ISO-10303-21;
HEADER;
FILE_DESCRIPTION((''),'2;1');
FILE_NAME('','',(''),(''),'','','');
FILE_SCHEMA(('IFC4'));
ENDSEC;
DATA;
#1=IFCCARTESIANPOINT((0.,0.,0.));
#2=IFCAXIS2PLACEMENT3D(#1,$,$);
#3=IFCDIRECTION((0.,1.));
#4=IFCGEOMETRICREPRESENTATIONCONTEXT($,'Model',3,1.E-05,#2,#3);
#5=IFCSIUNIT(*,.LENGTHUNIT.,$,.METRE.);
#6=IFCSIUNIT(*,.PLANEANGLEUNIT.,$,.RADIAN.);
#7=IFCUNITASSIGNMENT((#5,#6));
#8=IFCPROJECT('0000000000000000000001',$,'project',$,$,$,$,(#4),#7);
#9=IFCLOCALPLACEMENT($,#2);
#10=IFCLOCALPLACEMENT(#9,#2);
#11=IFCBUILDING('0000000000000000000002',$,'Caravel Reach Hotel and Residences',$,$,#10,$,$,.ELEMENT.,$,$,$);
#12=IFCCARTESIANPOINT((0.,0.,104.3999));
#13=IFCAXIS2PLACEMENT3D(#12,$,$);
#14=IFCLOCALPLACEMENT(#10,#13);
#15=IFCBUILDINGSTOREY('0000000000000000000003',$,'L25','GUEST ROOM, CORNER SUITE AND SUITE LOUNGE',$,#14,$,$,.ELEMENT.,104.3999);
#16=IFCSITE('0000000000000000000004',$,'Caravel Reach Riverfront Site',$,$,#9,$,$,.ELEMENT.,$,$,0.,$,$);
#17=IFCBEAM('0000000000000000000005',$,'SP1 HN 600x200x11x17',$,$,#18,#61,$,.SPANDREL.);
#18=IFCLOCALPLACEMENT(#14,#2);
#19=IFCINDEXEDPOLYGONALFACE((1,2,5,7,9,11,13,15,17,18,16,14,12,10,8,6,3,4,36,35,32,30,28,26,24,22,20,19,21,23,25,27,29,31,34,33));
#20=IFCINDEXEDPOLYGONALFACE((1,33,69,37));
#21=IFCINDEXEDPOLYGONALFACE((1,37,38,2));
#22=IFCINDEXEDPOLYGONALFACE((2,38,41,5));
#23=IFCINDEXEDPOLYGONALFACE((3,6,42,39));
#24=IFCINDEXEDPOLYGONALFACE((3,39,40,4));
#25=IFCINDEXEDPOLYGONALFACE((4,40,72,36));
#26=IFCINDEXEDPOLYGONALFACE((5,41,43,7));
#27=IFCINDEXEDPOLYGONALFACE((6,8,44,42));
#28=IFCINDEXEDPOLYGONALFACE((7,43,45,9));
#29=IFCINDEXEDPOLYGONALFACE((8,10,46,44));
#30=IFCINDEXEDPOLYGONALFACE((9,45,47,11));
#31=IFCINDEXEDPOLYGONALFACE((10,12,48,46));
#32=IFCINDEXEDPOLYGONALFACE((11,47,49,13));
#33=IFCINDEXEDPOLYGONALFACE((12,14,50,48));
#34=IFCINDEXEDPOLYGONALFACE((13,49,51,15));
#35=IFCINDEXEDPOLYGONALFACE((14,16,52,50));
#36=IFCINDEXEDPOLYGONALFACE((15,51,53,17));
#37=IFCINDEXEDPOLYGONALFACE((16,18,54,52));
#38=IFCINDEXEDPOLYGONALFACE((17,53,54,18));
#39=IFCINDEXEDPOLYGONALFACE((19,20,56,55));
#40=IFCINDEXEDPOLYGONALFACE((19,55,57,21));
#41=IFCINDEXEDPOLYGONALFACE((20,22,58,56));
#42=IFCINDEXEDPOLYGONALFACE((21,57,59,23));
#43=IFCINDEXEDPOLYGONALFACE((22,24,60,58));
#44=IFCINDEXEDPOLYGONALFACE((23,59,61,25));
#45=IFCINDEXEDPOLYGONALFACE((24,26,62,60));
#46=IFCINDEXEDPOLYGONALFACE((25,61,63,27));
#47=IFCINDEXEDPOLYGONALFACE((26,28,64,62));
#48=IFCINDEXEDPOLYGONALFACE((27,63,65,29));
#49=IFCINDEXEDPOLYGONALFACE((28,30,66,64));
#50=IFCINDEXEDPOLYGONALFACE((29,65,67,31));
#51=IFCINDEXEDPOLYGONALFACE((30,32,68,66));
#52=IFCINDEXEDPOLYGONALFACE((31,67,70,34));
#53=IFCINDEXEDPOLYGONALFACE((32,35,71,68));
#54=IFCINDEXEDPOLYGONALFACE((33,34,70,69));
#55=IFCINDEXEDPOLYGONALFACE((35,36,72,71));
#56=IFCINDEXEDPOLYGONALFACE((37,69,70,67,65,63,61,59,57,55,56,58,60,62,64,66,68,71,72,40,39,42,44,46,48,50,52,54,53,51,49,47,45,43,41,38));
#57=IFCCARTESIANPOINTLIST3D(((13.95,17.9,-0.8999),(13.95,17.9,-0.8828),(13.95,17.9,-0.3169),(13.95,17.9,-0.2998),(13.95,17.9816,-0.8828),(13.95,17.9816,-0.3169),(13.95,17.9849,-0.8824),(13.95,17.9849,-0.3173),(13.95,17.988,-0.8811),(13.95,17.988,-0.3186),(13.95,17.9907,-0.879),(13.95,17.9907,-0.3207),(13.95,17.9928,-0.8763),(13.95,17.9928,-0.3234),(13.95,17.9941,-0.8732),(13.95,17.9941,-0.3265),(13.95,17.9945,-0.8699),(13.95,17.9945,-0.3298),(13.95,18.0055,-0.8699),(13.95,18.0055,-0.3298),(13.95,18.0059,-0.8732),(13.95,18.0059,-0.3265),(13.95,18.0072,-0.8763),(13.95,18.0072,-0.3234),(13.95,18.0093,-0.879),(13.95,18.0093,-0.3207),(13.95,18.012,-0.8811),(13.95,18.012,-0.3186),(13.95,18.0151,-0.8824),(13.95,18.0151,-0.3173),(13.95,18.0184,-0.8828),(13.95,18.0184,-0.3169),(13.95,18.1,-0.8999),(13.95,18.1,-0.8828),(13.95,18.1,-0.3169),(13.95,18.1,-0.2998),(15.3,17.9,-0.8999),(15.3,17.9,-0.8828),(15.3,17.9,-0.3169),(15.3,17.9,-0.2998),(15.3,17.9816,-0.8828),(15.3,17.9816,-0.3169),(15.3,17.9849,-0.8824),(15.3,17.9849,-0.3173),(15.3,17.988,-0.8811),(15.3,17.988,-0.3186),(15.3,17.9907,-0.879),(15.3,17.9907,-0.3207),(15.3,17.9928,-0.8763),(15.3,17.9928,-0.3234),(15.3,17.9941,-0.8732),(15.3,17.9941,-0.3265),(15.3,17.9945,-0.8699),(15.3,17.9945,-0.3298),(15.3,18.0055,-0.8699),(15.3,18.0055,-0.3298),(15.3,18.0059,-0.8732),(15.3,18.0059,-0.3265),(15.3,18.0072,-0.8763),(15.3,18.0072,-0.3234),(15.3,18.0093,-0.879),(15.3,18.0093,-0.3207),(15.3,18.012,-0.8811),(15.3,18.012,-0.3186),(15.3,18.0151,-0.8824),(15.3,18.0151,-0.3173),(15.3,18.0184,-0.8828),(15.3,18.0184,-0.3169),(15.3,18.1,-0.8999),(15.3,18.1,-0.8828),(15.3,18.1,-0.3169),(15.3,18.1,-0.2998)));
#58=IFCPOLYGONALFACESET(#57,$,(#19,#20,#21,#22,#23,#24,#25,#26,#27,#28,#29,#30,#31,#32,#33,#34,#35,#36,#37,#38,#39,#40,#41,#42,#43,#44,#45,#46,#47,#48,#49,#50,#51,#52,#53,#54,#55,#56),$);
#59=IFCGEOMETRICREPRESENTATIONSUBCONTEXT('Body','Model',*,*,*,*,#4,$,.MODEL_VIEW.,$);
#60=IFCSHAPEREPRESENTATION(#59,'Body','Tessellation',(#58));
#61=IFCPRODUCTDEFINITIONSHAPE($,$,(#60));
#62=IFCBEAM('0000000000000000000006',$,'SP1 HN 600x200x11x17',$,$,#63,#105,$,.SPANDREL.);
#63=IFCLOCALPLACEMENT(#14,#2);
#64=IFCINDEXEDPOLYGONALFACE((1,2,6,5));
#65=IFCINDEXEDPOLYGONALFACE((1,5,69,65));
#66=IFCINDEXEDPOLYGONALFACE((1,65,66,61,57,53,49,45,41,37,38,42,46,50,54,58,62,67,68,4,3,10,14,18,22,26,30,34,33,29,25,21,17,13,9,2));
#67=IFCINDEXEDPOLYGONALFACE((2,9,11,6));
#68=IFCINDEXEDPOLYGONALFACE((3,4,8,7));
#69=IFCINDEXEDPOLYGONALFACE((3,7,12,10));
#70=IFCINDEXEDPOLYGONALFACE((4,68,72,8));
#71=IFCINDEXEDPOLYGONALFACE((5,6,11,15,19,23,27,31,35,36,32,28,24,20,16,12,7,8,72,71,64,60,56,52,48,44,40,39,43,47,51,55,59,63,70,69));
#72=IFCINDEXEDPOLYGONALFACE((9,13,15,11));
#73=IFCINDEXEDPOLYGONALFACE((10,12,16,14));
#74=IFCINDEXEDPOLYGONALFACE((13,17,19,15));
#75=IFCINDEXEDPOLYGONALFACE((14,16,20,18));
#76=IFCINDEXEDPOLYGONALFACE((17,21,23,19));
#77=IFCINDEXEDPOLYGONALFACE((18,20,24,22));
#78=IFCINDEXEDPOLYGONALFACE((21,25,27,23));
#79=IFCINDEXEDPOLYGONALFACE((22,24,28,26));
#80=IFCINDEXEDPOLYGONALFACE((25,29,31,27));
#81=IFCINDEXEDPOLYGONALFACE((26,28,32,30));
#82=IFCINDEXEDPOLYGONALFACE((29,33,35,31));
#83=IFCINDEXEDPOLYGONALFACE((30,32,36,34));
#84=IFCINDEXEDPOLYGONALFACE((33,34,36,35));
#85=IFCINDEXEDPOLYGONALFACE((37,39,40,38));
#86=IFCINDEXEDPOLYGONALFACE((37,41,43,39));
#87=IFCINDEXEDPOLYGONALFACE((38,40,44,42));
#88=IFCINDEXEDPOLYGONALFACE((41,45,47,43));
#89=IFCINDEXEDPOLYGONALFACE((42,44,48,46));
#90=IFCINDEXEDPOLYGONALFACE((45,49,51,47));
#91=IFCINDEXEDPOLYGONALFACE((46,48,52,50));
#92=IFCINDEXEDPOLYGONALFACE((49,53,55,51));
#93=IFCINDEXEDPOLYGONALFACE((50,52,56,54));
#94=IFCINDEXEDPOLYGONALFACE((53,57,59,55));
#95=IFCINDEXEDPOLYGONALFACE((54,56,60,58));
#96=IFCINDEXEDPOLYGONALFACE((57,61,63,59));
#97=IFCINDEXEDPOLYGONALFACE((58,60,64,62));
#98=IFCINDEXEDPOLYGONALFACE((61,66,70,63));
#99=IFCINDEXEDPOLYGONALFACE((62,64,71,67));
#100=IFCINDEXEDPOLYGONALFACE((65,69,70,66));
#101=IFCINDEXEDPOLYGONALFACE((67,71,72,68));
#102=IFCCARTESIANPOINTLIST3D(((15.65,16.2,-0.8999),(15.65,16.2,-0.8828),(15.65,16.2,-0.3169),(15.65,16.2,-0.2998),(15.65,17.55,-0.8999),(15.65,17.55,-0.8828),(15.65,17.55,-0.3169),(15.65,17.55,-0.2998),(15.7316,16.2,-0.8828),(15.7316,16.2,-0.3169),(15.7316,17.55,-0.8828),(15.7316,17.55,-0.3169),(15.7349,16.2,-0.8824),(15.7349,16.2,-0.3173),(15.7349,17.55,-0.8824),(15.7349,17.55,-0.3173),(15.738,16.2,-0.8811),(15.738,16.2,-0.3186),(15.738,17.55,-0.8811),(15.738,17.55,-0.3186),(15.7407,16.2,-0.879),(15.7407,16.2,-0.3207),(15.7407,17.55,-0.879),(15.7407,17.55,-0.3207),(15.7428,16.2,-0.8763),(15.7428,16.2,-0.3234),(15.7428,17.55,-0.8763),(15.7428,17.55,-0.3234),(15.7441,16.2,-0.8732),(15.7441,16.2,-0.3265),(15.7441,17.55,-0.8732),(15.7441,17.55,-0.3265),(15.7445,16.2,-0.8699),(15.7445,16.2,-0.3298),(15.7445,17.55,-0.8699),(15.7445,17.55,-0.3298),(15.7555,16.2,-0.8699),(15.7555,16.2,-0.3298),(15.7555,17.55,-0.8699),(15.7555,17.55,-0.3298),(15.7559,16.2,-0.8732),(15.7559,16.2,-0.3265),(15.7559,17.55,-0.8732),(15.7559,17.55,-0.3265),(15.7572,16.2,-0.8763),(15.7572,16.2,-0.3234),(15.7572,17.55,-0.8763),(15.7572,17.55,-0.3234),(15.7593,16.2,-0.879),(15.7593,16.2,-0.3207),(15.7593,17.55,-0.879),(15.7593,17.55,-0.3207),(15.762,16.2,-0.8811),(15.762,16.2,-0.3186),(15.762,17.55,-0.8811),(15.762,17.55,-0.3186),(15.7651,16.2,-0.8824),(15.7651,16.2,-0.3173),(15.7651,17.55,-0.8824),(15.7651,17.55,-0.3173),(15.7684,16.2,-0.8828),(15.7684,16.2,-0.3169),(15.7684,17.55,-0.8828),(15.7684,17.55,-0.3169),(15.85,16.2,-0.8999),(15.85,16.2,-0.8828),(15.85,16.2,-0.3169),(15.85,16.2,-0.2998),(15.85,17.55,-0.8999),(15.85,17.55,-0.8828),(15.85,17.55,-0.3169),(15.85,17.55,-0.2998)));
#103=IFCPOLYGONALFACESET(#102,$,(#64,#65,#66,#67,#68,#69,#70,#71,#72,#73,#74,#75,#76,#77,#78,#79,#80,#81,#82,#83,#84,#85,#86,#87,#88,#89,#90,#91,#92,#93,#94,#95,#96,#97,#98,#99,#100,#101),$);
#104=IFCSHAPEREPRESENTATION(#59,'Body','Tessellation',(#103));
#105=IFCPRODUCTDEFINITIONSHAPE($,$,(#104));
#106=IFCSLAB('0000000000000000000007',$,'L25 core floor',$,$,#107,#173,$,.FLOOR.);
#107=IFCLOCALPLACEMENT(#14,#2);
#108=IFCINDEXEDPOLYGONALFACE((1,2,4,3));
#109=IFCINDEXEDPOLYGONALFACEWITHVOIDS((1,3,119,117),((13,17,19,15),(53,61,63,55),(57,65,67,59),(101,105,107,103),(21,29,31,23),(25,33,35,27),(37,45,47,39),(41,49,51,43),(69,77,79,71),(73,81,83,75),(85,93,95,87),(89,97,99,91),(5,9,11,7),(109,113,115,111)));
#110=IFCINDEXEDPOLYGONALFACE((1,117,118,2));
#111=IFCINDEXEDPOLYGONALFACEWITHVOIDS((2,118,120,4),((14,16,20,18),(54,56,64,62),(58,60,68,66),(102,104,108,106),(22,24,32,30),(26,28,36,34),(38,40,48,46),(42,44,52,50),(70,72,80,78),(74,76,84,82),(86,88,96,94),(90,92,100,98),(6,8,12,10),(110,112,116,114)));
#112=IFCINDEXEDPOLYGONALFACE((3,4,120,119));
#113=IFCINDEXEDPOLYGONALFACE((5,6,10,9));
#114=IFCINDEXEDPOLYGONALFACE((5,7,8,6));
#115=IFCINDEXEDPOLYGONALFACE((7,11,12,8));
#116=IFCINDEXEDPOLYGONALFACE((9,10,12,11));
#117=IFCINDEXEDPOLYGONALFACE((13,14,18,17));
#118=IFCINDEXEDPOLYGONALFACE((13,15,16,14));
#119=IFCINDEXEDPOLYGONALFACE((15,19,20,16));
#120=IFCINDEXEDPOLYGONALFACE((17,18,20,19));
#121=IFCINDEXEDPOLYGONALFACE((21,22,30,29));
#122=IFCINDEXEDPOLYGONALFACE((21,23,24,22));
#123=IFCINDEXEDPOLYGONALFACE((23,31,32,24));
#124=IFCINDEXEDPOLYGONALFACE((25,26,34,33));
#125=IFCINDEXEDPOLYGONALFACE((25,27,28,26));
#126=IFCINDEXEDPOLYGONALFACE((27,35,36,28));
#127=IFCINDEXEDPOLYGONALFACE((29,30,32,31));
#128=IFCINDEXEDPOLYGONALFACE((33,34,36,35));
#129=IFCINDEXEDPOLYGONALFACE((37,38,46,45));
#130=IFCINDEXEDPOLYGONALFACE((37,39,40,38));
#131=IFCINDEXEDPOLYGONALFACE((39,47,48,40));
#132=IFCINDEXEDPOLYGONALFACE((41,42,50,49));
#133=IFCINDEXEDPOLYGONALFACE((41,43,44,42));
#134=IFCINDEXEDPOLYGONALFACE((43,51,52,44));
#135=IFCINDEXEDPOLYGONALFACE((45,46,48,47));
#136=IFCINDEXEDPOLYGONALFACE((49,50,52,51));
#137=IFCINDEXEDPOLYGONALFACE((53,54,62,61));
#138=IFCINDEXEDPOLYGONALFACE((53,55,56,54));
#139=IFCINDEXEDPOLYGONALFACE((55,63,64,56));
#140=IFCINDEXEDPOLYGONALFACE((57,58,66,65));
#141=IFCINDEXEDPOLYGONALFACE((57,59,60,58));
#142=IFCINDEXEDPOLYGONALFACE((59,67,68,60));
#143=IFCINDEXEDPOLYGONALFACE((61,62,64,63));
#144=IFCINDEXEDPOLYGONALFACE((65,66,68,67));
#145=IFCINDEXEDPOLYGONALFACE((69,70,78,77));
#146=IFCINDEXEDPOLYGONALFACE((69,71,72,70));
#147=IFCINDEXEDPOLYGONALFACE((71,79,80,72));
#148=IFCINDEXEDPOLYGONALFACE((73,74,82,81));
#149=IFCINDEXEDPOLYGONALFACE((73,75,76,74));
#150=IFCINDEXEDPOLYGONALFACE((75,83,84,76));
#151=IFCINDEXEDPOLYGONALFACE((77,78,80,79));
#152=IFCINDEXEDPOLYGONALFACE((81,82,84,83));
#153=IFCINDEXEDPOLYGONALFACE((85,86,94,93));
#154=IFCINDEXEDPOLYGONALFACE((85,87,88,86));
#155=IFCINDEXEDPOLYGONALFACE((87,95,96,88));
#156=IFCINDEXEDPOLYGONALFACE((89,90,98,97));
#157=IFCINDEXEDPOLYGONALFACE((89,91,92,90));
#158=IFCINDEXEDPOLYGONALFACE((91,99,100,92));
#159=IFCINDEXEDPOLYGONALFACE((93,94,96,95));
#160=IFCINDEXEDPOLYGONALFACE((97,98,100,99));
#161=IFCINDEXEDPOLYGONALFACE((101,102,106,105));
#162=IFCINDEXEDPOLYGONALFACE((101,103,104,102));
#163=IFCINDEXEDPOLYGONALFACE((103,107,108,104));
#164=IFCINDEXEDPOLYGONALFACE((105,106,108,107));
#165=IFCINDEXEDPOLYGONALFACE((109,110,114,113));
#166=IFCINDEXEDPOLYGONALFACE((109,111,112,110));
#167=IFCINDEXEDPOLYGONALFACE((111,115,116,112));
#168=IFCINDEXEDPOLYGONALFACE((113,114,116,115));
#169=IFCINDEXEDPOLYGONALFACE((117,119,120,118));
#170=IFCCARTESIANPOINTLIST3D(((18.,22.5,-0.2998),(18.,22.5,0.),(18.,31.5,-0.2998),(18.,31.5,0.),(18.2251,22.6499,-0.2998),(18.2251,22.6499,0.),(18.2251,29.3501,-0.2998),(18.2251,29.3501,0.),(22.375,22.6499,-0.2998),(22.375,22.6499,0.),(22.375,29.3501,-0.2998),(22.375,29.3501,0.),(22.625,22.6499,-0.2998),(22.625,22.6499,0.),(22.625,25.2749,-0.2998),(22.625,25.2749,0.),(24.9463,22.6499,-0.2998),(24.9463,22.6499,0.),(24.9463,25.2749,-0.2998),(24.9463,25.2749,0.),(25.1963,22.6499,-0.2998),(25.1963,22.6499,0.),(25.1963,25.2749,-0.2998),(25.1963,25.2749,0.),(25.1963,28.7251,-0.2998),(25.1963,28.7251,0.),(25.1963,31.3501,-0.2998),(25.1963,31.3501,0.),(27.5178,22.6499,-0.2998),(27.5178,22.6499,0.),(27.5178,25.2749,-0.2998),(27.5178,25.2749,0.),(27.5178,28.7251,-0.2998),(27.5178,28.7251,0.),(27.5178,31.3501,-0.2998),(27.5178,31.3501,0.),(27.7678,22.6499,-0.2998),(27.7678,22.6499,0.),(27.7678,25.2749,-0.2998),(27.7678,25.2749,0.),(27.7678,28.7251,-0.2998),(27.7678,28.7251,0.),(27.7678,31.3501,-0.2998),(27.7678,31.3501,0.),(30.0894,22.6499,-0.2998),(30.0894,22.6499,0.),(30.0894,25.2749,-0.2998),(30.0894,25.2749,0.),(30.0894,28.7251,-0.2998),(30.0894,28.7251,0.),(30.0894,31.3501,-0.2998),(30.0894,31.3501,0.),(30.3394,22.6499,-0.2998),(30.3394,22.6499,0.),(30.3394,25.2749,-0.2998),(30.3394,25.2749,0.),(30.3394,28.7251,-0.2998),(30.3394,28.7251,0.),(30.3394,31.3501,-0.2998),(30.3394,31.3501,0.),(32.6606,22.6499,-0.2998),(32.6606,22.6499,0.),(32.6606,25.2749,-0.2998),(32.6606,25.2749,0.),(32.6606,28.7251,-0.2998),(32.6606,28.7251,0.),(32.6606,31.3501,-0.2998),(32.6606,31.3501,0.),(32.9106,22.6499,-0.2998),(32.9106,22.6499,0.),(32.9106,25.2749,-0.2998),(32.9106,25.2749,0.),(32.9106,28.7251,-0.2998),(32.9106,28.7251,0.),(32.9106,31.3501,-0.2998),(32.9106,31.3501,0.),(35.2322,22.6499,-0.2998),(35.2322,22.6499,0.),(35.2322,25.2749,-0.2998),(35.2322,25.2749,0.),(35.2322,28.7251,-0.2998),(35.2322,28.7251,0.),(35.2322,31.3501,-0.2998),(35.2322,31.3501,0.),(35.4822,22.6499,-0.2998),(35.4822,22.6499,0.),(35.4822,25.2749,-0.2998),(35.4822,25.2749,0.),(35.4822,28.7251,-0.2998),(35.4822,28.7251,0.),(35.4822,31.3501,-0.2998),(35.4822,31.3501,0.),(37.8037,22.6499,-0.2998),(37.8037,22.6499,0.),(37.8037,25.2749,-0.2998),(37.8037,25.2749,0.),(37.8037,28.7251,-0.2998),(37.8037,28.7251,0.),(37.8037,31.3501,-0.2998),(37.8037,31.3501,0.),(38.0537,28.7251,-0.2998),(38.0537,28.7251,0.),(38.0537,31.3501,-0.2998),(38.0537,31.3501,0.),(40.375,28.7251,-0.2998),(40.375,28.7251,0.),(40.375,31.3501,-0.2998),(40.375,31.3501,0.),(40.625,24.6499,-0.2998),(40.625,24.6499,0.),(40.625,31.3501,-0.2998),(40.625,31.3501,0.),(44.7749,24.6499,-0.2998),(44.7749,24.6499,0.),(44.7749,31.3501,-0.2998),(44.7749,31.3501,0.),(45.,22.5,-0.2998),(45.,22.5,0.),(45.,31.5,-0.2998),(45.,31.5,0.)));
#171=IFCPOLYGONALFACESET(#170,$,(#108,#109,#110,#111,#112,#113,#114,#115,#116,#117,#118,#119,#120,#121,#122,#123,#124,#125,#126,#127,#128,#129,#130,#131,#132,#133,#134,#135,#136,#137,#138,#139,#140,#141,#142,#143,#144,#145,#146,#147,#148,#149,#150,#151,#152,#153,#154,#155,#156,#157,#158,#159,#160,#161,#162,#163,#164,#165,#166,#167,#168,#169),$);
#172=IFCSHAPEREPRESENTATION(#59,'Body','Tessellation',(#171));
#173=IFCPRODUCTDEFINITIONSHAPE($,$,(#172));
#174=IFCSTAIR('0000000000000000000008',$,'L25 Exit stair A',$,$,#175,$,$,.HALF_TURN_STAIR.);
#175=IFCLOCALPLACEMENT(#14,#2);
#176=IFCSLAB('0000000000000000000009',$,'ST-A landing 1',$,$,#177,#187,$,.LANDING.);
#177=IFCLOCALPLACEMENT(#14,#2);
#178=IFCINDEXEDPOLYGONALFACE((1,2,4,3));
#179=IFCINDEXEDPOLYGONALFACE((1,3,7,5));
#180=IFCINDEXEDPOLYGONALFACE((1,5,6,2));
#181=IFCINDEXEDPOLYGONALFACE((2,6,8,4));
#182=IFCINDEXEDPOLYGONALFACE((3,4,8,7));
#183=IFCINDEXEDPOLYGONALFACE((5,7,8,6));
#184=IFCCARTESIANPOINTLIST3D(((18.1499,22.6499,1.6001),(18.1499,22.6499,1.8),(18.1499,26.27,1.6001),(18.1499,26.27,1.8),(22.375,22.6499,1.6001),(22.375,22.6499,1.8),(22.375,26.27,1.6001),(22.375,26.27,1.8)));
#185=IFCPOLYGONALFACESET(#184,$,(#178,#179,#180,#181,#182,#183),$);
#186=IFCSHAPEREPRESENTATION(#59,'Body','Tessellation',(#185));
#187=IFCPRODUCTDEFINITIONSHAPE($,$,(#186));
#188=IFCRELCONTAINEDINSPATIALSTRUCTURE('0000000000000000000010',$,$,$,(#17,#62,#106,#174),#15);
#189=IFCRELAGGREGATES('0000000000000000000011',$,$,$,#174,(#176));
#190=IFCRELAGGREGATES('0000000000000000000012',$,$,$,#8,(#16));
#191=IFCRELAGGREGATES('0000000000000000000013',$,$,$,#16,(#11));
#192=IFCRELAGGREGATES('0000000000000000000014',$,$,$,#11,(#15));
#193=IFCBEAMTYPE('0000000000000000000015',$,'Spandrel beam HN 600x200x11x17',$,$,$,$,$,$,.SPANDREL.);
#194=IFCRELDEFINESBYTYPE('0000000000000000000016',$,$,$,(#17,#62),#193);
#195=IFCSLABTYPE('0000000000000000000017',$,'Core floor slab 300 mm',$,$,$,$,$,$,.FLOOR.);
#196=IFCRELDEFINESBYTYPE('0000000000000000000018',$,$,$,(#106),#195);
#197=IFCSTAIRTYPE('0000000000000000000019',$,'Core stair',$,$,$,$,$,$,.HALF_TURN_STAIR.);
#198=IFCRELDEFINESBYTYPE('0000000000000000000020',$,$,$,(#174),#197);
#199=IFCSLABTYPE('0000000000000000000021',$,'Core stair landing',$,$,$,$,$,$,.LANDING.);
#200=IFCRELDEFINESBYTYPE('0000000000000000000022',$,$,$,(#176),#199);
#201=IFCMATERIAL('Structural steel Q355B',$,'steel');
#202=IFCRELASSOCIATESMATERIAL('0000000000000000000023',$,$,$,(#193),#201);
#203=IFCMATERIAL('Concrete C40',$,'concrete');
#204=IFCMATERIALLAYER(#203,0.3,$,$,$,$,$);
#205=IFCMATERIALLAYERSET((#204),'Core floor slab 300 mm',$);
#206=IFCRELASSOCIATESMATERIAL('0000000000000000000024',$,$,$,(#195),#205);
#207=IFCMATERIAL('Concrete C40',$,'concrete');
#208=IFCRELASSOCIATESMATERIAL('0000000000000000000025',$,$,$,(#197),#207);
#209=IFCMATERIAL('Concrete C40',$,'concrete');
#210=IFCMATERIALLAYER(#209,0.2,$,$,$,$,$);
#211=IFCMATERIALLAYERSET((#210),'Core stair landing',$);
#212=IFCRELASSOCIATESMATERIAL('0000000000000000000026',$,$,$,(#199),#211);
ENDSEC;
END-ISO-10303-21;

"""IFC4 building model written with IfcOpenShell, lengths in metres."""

from ifc_helpers import new_model, si_unit, direction, frame, origin, origin_2d, place, context, subcontext, project, spatial, polyline, i_section, outline, extrude, material, layer, layer_set, material_profile, profile_set, type_object, element, aggregate, save


model = new_model("IFC4")

# Units and contexts
model_context = context("Model", 3, precision=1e-05, world=origin(), true_north=direction((0.0, 1.0)))
body_context = subcontext(model_context, "Body", "Model", "MODEL_VIEW")
ifc_project = project(units=[si_unit("LENGTHUNIT", "METRE"), si_unit("PLANEANGLEUNIT", "RADIAN")], contexts=[model_context])

# Site, building, storey
site_placement = place(None, origin())
site = spatial("IfcSite", under=ifc_project, at=site_placement, Name="Caravel Reach Riverfront Site", CompositionType="ELEMENT", RefElevation=0.0)
building_placement = place(site_placement, origin())
building = spatial("IfcBuilding", under=site, at=building_placement, Name="Caravel Reach Hotel and Residences", CompositionType="ELEMENT")
storey_placement = place(building_placement, frame((0.0, 0.0, 104.3999)))
storey = spatial("IfcBuildingStorey", under=building, at=storey_placement, Name="L25", Description="GUEST ROOM, CORNER SUITE AND SUITE LOUNGE", CompositionType="ELEMENT", Elevation=104.3999)

# Beams
ifc_material_1 = material(Name="Structural steel Q355B", Category="steel")
ifc_material_profile_1 = material_profile(ifc_material_1, i_section(OverallWidth=0.2, OverallDepth=0.6001, WebThickness=0.011, FlangeThickness=0.0171, FilletRadius=0.0129, at=origin_2d()), Name="HN 600x200x11x17")
ifc_profile_set_1 = profile_set([ifc_material_profile_1], Name="Structural steel Q355B")
beam_type_1 = type_object("IfcBeamType", Name="Spandrel beam HN 600x200x11x17", PredefinedType="SPANDREL", material=ifc_profile_set_1)
for number, where, z_axis, x_axis, name in (
    (1, (13.95, 18.0, -0.5999), (1.0, 0.0, 0.0), (0.0, 1.0, 0.0), "SP1 HN 600x200x11x17"),
    (2, (15.75, 17.55, -0.5999), (0.0, -1.0, 0.0), (1.0, 0.0, 0.0), "SP1 HN 600x200x11x17"),
):
    element("IfcBeam", number, at=place(storey_placement, frame(where, z_axis=z_axis, x_axis=x_axis)), inside=storey, type_object=beam_type_1, Name=name, PredefinedType="SPANDREL", context=body_context, shape_type="SweptSolid", body=[
        extrude(i_section(OverallWidth=0.2, OverallDepth=0.6001, WebThickness=0.011, FlangeThickness=0.0171, FilletRadius=0.0129, at=origin_2d()), origin(), (0.0, 0.0, 1.0), 1.3501),
    ])

# Slab
ifc_material_2 = material(Name="Concrete C40", Category="concrete")
ifc_layer_1 = layer(ifc_material_2, 0.3)
ifc_layer_set_1 = layer_set([ifc_layer_1], Name="Core floor slab 300 mm")
slab_type_1 = type_object("IfcSlabType", Name="Core floor slab 300 mm", PredefinedType="FLOOR", material=ifc_layer_set_1)
slab_1_placement = place(storey_placement, frame((0.0, 0.0, -0.2998)))
element("IfcSlab", 3, at=slab_1_placement, inside=storey, type_object=slab_type_1, Name="L25 core floor", PredefinedType="FLOOR", context=body_context, shape_type="SweptSolid", body=[
    extrude(outline(polyline([(18.0, 31.5), (45.0, 31.5), (45.0, 22.5), (18.0, 22.5), (18.0, 31.5)]), holes=[polyline([(22.625, 25.2749), (22.625, 22.6499), (24.9463, 22.6499), (24.9463, 25.2749), (22.625, 25.2749)]), polyline([(27.5178, 25.2749), (25.1963, 25.2749), (25.1963, 22.6499), (27.5178, 22.6499), (27.5178, 25.2749)]), polyline([(30.0894, 25.2749), (27.7678, 25.2749), (27.7678, 22.6499), (30.0894, 22.6499), (30.0894, 25.2749)]), polyline([(32.6606, 25.2749), (30.3394, 25.2749), (30.3394, 22.6499), (32.6606, 22.6499), (32.6606, 25.2749)]), polyline([(18.2251, 22.6499), (22.375, 22.6499), (22.375, 29.3501), (18.2251, 29.3501), (18.2251, 22.6499)]), polyline([(27.5178, 31.3501), (25.1963, 31.3501), (25.1963, 28.7251), (27.5178, 28.7251), (27.5178, 31.3501)]), polyline([(30.0894, 31.3501), (27.7678, 31.3501), (27.7678, 28.7251), (30.0894, 28.7251), (30.0894, 31.3501)]), polyline([(32.9106, 25.2749), (32.9106, 22.6499), (35.2322, 22.6499), (35.2322, 25.2749), (32.9106, 25.2749)]), polyline([(37.8037, 25.2749), (35.4822, 25.2749), (35.4822, 22.6499), (37.8037, 22.6499), (37.8037, 25.2749)]), polyline([(44.7749, 31.3501), (40.625, 31.3501), (40.625, 24.6499), (44.7749, 24.6499), (44.7749, 31.3501)]), polyline([(32.6606, 31.3501), (30.3394, 31.3501), (30.3394, 28.7251), (32.6606, 28.7251), (32.6606, 31.3501)]), polyline([(35.2322, 31.3501), (32.9106, 31.3501), (32.9106, 28.7251), (35.2322, 28.7251), (35.2322, 31.3501)]), polyline([(37.8037, 31.3501), (35.4822, 31.3501), (35.4822, 28.7251), (37.8037, 28.7251), (37.8037, 31.3501)]), polyline([(40.375, 31.3501), (38.0537, 31.3501), (38.0537, 28.7251), (40.375, 28.7251), (40.375, 31.3501)])]), origin(), (0.0, 0.0, 1.0), 0.2998),
])

# Stair, slab
ifc_material_3 = material(Name="Concrete C40", Category="concrete")
stair_type = type_object("IfcStairType", Name="Core stair", PredefinedType="HALF_TURN_STAIR", material=ifc_material_3)
stair_1_placement = place(storey_placement, origin())
stair_1 = element("IfcStair", 4, at=stair_1_placement, inside=storey, type_object=stair_type, Name="L25 Exit stair A", PredefinedType="HALF_TURN_STAIR")
ifc_material_4 = material(Name="Concrete C40", Category="concrete")
ifc_layer_2 = layer(ifc_material_4, 0.2)
ifc_layer_set_2 = layer_set([ifc_layer_2], Name="Core stair landing")
slab_type_2 = type_object("IfcSlabType", Name="Core stair landing", PredefinedType="LANDING", material=ifc_layer_set_2)
slab_2_placement = place(storey_placement, frame((0.0, 0.0, 1.6001)))
slab_2 = element("IfcSlab", 5, at=slab_2_placement, type_object=slab_type_2, Name="ST-A landing 1", PredefinedType="LANDING", context=body_context, shape_type="SweptSolid", body=[
    extrude(outline(polyline([(18.1499, 26.27), (18.1499, 22.6499), (22.375, 22.6499), (22.375, 26.27), (18.1499, 26.27)])), origin(), (0.0, 0.0, 1.0), 0.2),
])
aggregate(stair_1, [slab_2])

save(model, "model.ifc")
